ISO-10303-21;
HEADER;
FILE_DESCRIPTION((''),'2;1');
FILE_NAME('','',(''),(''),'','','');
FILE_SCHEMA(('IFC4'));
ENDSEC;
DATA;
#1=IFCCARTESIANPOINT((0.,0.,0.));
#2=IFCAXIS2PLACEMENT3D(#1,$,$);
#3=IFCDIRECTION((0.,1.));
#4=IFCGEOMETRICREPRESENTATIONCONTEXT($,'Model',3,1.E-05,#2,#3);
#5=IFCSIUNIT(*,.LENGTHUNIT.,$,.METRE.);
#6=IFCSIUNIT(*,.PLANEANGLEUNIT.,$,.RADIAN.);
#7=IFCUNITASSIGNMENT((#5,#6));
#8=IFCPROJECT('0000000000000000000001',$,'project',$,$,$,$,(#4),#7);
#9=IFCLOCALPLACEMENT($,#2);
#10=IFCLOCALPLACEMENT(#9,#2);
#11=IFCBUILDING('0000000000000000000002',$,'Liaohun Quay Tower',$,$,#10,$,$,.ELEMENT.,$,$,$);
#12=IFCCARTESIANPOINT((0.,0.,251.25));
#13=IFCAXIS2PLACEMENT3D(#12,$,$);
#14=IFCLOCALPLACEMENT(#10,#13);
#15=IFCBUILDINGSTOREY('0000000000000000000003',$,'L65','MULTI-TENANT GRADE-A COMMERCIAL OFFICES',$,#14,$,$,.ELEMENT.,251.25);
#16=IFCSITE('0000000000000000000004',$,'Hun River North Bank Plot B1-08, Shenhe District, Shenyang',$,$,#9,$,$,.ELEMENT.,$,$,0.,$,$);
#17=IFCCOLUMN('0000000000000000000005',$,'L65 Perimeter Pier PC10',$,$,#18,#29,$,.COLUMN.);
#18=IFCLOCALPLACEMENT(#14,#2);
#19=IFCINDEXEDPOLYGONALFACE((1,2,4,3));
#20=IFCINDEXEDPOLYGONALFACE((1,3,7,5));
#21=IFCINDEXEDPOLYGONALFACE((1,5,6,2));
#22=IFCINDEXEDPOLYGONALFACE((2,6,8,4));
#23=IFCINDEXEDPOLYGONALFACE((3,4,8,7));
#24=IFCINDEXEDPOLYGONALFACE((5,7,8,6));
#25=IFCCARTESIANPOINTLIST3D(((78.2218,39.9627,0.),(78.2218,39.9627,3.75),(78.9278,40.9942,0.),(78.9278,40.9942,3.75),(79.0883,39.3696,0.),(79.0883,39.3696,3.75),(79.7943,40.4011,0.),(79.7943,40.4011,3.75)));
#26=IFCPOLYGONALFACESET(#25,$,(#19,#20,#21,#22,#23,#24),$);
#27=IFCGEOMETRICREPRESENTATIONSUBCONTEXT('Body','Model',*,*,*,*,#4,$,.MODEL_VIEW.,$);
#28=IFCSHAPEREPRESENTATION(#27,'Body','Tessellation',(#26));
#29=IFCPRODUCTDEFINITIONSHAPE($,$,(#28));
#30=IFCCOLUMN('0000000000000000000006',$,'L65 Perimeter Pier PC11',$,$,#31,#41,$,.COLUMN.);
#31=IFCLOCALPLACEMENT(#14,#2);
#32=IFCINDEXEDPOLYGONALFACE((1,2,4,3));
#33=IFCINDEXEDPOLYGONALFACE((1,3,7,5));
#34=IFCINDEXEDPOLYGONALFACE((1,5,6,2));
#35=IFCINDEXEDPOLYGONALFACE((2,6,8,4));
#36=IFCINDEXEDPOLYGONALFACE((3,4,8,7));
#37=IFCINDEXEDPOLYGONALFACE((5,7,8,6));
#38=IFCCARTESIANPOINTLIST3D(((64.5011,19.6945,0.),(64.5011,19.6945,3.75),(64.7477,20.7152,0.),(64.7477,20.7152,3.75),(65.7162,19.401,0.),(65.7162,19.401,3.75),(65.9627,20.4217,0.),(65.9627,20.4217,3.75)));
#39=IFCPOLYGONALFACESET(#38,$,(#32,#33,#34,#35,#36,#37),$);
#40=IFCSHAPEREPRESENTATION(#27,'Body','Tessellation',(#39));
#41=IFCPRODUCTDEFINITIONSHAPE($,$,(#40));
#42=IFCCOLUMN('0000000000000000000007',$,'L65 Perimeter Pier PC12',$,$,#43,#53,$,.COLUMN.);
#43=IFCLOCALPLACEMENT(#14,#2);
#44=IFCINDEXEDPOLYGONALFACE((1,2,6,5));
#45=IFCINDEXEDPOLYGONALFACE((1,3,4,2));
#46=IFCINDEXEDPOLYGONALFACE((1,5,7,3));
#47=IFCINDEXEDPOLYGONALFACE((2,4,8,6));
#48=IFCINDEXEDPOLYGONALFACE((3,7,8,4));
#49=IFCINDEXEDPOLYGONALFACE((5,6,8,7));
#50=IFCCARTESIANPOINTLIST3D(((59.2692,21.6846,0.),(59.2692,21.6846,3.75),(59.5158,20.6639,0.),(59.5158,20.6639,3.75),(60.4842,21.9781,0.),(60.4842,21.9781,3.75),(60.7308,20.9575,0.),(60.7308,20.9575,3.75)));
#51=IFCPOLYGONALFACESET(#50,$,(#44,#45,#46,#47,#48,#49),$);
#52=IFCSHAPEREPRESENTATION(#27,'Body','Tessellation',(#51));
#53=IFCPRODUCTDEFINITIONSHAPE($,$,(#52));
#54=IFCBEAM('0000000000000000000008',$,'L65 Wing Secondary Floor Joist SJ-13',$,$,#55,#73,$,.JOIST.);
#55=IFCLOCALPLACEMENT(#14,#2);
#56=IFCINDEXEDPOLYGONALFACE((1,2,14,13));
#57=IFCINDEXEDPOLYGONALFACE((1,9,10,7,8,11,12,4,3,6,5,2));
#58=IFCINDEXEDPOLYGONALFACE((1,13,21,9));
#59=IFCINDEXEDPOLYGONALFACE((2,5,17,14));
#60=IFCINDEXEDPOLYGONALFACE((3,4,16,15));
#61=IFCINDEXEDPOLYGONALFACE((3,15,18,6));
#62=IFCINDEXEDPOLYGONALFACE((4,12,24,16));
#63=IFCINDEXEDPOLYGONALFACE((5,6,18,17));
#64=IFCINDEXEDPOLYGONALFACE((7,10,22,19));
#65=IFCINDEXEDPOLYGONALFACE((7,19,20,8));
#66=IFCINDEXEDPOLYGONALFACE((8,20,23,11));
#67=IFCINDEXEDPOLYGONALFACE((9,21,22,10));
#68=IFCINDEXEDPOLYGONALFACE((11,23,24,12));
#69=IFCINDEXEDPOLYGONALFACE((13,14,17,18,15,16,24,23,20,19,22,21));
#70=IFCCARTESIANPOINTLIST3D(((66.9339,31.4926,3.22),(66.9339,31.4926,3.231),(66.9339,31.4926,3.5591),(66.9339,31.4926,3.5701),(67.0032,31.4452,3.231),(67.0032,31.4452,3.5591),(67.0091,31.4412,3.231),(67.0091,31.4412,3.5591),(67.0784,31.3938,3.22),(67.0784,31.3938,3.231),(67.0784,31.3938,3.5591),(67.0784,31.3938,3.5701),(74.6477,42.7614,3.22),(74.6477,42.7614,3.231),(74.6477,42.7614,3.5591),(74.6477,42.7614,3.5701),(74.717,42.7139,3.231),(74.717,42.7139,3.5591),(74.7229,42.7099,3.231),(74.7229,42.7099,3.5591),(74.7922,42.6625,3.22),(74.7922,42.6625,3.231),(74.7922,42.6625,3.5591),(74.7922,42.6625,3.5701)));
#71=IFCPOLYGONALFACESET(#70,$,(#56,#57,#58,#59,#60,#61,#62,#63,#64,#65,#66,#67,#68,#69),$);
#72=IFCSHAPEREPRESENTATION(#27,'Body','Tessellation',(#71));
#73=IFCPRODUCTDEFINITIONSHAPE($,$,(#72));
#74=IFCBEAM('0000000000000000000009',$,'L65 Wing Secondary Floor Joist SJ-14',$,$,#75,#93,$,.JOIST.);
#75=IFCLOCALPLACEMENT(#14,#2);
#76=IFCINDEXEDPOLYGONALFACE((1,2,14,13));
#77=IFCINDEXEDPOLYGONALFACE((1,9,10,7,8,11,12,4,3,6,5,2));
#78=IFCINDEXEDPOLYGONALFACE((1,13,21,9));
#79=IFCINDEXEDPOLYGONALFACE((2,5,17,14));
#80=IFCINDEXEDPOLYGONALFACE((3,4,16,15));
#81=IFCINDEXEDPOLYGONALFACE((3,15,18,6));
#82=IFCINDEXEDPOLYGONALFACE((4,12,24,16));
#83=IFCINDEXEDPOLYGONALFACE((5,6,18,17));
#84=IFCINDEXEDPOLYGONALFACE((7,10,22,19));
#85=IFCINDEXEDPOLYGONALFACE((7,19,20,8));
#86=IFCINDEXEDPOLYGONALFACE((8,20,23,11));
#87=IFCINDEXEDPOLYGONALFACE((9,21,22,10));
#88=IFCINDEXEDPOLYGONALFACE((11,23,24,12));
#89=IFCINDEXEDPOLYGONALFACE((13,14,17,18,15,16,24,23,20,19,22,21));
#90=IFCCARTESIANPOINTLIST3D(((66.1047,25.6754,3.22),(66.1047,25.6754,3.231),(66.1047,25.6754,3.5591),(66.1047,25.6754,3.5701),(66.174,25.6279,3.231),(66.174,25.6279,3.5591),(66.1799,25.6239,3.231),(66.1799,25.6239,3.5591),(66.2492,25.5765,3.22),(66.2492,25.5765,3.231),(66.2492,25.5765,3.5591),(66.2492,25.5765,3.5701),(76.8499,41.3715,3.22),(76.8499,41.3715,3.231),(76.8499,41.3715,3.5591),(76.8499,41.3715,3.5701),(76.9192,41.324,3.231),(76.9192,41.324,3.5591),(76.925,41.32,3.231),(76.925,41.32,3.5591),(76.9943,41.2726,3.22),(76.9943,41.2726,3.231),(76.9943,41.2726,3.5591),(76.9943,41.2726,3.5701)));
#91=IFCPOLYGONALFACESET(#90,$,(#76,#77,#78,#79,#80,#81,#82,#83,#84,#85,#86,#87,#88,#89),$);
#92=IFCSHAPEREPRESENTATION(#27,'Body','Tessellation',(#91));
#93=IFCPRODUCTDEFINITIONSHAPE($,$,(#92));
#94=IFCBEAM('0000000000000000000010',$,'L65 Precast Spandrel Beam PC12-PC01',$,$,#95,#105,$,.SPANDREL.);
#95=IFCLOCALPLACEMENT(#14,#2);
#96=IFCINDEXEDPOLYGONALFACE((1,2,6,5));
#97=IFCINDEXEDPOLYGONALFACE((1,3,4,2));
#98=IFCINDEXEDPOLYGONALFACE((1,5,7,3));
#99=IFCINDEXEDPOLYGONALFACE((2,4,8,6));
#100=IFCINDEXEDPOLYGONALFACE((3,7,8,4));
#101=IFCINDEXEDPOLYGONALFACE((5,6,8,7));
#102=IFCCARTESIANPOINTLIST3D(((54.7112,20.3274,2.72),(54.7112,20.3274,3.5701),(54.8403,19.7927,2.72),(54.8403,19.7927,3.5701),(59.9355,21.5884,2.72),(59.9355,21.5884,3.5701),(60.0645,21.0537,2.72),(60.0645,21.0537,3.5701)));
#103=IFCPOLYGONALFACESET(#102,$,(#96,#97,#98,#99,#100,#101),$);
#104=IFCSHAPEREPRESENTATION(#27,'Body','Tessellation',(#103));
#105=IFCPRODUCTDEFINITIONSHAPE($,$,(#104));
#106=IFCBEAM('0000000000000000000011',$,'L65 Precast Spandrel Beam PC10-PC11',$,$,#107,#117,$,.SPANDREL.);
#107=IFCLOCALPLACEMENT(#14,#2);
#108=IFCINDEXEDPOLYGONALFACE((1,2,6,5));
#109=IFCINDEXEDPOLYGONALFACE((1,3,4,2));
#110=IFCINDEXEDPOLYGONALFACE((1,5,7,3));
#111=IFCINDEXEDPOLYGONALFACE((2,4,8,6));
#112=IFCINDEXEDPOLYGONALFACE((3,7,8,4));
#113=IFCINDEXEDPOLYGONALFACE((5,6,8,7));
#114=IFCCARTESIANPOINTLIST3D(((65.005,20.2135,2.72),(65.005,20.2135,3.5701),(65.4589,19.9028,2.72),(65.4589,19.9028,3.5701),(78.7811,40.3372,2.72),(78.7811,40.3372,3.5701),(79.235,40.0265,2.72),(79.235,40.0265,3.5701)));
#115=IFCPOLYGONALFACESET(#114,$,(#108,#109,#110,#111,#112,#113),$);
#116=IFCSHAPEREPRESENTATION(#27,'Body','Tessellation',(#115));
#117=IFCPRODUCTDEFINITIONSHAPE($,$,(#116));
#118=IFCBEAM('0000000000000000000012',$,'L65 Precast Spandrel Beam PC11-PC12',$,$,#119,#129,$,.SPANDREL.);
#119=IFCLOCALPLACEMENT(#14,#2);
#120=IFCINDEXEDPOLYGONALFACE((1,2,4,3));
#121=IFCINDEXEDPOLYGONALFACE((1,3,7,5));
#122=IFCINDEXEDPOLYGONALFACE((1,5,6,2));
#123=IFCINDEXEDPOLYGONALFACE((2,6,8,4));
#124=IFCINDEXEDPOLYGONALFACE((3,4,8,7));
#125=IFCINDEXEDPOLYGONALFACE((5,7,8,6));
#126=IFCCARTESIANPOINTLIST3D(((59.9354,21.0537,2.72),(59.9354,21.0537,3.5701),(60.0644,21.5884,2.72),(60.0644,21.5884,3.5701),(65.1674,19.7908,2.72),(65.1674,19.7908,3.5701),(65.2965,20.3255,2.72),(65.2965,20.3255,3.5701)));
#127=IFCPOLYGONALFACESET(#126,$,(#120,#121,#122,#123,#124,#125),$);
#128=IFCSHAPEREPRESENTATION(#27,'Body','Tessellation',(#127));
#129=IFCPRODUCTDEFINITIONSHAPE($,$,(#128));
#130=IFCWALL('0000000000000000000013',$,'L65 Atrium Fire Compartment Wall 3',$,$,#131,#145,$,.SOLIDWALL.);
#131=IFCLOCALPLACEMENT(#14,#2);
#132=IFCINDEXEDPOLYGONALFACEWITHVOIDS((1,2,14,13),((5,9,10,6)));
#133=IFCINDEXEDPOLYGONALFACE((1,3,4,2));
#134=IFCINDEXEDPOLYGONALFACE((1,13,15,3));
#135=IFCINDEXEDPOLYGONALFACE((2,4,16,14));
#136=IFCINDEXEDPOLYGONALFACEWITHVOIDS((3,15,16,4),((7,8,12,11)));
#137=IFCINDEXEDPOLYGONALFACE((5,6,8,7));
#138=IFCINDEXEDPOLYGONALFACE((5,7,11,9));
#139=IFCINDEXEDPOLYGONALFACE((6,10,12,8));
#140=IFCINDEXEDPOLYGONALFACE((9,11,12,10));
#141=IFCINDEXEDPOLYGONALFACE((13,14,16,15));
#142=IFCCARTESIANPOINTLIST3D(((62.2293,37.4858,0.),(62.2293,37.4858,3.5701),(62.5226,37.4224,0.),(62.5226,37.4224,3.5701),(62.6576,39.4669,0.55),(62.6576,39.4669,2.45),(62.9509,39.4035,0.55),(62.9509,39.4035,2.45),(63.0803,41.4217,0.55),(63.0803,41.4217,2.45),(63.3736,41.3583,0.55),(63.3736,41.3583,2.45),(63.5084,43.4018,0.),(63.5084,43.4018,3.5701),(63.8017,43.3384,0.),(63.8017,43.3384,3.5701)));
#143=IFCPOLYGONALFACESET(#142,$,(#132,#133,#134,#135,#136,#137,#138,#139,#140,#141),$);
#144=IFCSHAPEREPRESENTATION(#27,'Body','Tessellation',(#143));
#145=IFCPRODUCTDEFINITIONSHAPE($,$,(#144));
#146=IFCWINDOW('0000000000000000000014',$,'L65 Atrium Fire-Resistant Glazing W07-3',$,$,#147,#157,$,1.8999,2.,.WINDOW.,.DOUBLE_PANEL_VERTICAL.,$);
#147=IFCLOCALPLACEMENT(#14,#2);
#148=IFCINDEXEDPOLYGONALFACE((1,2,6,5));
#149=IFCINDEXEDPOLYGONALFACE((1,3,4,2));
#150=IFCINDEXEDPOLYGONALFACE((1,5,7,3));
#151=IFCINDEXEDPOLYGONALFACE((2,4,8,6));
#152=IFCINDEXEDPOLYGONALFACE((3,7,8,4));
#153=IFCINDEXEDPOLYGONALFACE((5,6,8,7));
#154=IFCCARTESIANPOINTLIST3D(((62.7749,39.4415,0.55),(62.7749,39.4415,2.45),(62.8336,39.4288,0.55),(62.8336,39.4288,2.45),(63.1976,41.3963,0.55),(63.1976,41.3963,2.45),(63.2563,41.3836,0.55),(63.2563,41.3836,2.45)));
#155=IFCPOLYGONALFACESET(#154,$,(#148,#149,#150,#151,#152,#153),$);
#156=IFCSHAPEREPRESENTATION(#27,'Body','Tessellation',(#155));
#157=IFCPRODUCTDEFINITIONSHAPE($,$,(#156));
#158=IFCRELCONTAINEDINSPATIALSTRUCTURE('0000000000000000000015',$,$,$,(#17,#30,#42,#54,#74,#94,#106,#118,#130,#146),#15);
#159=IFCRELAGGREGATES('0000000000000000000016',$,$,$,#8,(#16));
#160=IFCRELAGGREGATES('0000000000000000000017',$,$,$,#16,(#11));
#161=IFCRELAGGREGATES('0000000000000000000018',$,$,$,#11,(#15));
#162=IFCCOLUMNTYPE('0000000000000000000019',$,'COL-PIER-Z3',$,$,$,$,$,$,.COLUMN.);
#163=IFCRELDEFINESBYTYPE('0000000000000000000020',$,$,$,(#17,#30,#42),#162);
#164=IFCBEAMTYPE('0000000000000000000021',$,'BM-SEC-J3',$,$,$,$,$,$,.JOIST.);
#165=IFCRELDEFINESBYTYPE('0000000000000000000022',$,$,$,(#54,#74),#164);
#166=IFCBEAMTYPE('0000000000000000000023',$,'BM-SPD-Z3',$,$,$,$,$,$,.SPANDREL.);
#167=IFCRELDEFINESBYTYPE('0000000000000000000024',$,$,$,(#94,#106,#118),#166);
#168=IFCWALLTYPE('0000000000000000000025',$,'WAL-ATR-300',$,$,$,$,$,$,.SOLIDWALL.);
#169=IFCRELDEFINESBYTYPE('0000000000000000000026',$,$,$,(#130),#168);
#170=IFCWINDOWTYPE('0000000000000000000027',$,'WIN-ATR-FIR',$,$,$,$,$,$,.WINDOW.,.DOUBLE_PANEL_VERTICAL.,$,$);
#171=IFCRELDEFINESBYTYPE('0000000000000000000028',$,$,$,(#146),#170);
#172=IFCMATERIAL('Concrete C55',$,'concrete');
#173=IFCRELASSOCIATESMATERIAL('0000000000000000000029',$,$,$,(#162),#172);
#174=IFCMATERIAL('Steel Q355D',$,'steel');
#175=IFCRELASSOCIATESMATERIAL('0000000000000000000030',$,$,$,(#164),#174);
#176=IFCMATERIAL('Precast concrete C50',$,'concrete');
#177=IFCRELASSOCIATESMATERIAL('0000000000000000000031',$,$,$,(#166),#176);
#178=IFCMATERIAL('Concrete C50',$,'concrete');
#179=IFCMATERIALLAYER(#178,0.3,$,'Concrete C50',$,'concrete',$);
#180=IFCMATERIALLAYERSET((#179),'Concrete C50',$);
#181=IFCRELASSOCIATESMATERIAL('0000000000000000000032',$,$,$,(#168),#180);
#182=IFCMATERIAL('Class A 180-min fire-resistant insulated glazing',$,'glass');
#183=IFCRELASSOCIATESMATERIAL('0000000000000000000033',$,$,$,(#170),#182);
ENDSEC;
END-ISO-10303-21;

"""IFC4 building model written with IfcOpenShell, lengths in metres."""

from ifc_helpers import new_model, si_unit, direction, frame, frame_2d, origin, origin_2d, place, context, subcontext, project, spatial, rectangle, i_section, extrude, source, transform, mapped, material, layer, layer_set, material_profile, profile_set, type_object, element, fill, save


model = new_model("IFC4")

# Units and contexts
model_context = context("Model", 3, precision=1e-05, world=origin(), true_north=direction((0.0, 1.0)))
body_context = subcontext(model_context, "Body", "Model", "MODEL_VIEW")
ifc_project = project(units=[si_unit("LENGTHUNIT", "METRE"), si_unit("PLANEANGLEUNIT", "RADIAN")], contexts=[model_context])

# Site, building, storey
site_placement = place(None, origin())
site = spatial("IfcSite", under=ifc_project, at=site_placement, Name="Hun River North Bank Plot B1-08, Shenhe District, Shenyang", CompositionType="ELEMENT", RefElevation=0.0)
building_placement = place(site_placement, origin())
building = spatial("IfcBuilding", under=site, at=building_placement, Name="Liaohun Quay Tower", CompositionType="ELEMENT")
storey_placement = place(building_placement, frame((0.0, 0.0, 251.25)))
storey = spatial("IfcBuildingStorey", under=building, at=storey_placement, Name="L65", Description="MULTI-TENANT GRADE-A COMMERCIAL OFFICES", CompositionType="ELEMENT", Elevation=251.25)

# Columns
ifc_material_1 = material(Name="Concrete C55", Category="concrete")
ifc_material_profile_1 = material_profile(ifc_material_1, rectangle(XDim=1.25, YDim=1.05, at=origin_2d()), Name="RC1250x1050")
ifc_profile_set_1 = profile_set([ifc_material_profile_1], Name="Concrete C55")
column_type = type_object("IfcColumnType", Name="COL-PIER-Z3", PredefinedType="COLUMN", material=ifc_profile_set_1)
shared_shape_1 = source(origin(), body_context, "Body", "SweptSolid", [
    extrude(rectangle(XDim=1.25, YDim=1.05, at=origin_2d()), origin(), (0.0, 0.0, 1.0), 3.75),
])
for number, where, z_axis, x_axis, name in (
    (1, (79.0081, 40.1819, 0.0), (0.0, 0.0, 1.0), (0.564823, 0.825212, 0.0), "L65 Perimeter Pier PC10"),
    (2, (65.2319, 20.0581, 0.0), (0.0, 0.0, 1.0), (-0.972043, 0.234803, 0.0), "L65 Perimeter Pier PC11"),
    (3, (60.0, 21.321, 0.0), (0.0, 0.0, 1.0), (0.972043, 0.234803, 0.0), "L65 Perimeter Pier PC12"),
):
    element("IfcColumn", number, at=place(storey_placement, frame(where, z_axis=z_axis, x_axis=x_axis)), inside=storey, type_object=column_type, Name=name, PredefinedType="COLUMN", context=body_context, shape_type="MappedRepresentation", body=[
        mapped(shared_shape_1, transform((0.0, 0.0, 0.0), x_axis=(1.0, 0.0, 0.0), y_axis=(0.0, 1.0, 0.0), z_axis=(0.0, 0.0, 1.0), scale=1.0)),
    ])

# Beams
ifc_material_2 = material(Name="Steel Q355D", Category="steel")
ifc_material_profile_2 = material_profile(ifc_material_2, i_section(OverallWidth=0.175, OverallDepth=0.3501, WebThickness=0.0071, FlangeThickness=0.011, at=origin_2d()), Name="HN350x175x7x11")
ifc_profile_set_2 = profile_set([ifc_material_profile_2], Name="Steel Q355D")
beam_type_1 = type_object("IfcBeamType", Name="BM-SEC-J3", PredefinedType="JOIST", material=ifc_profile_set_2)
shared_shape_2 = source(origin(), body_context, "Body", "SweptSolid", [
    extrude(i_section(OverallWidth=0.175, OverallDepth=0.3501, WebThickness=0.0071, FlangeThickness=0.011, at=origin_2d()), origin(), (0.0, 0.0, 1.0), 13.656),
])
beam_1_placement = place(storey_placement, frame((74.72, 42.7119, 3.395), z_axis=(-0.564865, -0.825183, 0.0), x_axis=(0.825183, -0.564865, 0.0)))
element("IfcBeam", 4, at=beam_1_placement, inside=storey, type_object=beam_type_1, Name="L65 Wing Secondary Floor Joist SJ-13", PredefinedType="JOIST", context=body_context, shape_type="MappedRepresentation", body=[
    mapped(shared_shape_2, transform((0.0, 0.0, 0.0), x_axis=(1.0, 0.0, 0.0), y_axis=(0.0, 1.0, 0.0), z_axis=(0.0, 0.0, 1.0), scale=1.0)),
])
shared_shape_3 = source(origin(), body_context, "Body", "SweptSolid", [
    extrude(i_section(OverallWidth=0.175, OverallDepth=0.3501, WebThickness=0.0071, FlangeThickness=0.011, at=origin_2d()), origin(), (0.0, 0.0, 1.0), 19.0217),
])
beam_2_placement = place(storey_placement, frame((76.9221, 41.322, 3.395), z_axis=(-0.564889, -0.825167, 0.0), x_axis=(0.825167, -0.564889, 0.0)))
element("IfcBeam", 5, at=beam_2_placement, inside=storey, type_object=beam_type_1, Name="L65 Wing Secondary Floor Joist SJ-14", PredefinedType="JOIST", context=body_context, shape_type="MappedRepresentation", body=[
    mapped(shared_shape_3, transform((0.0, 0.0, 0.0), x_axis=(1.0, 0.0, 0.0), y_axis=(0.0, 1.0, 0.0), z_axis=(0.0, 0.0, 1.0), scale=1.0)),
])
ifc_material_3 = material(Name="Precast concrete C50", Category="concrete")
ifc_material_profile_3 = material_profile(ifc_material_3, rectangle(XDim=0.55, YDim=0.8501, at=origin_2d()), Name="RC550x850")
ifc_profile_set_3 = profile_set([ifc_material_profile_3], Name="Precast concrete C50")
beam_type_2 = type_object("IfcBeamType", Name="BM-SPD-Z3", PredefinedType="SPANDREL", material=ifc_profile_set_3)
shared_shape_4 = source(origin(), body_context, "Body", "SweptSolid", [
    extrude(rectangle(XDim=0.55, YDim=0.8501, at=origin_2d()), origin(), (0.0, 0.0, 1.0), 5.3743),
])
beam_3_placement = place(storey_placement, frame((60.0, 21.321, 3.145), z_axis=(-0.972083, -0.234639, 0.0), x_axis=(0.234639, -0.972083, 0.0)))
element("IfcBeam", 6, at=beam_3_placement, inside=storey, type_object=beam_type_2, Name="L65 Precast Spandrel Beam PC12-PC01", PredefinedType="SPANDREL", context=body_context, shape_type="MappedRepresentation", body=[
    mapped(shared_shape_4, transform((0.0, 0.0, 0.0), x_axis=(1.0, 0.0, 0.0), y_axis=(0.0, 1.0, 0.0), z_axis=(0.0, 0.0, 1.0), scale=1.0)),
])
shared_shape_5 = source(origin(), body_context, "Body", "SweptSolid", [
    extrude(rectangle(XDim=0.55, YDim=0.8501, at=origin_2d()), origin(), (0.0, 0.0, 1.0), 24.3875),
])
beam_4_placement = place(storey_placement, frame((79.0081, 40.1819, 3.145), z_axis=(-0.564886, -0.825169, 0.0), x_axis=(0.825169, -0.564886, 0.0)))
element("IfcBeam", 7, at=beam_4_placement, inside=storey, type_object=beam_type_2, Name="L65 Precast Spandrel Beam PC10-PC11", PredefinedType="SPANDREL", context=body_context, shape_type="MappedRepresentation", body=[
    mapped(shared_shape_5, transform((0.0, 0.0, 0.0), x_axis=(1.0, 0.0, 0.0), y_axis=(0.0, 1.0, 0.0), z_axis=(0.0, 0.0, 1.0), scale=1.0)),
])
shared_shape_6 = source(origin(), body_context, "Body", "SweptSolid", [
    extrude(rectangle(XDim=0.55, YDim=0.8501, at=origin_2d()), origin(), (0.0, 0.0, 1.0), 5.3823),
])
beam_5_placement = place(storey_placement, frame((65.2319, 20.0581, 3.145), z_axis=(-0.97208, 0.234651, 0.0), x_axis=(-0.234651, -0.97208, 0.0)))
element("IfcBeam", 8, at=beam_5_placement, inside=storey, type_object=beam_type_2, Name="L65 Precast Spandrel Beam PC11-PC12", PredefinedType="SPANDREL", context=body_context, shape_type="MappedRepresentation", body=[
    mapped(shared_shape_6, transform((0.0, 0.0, 0.0), x_axis=(1.0, 0.0, 0.0), y_axis=(0.0, 1.0, 0.0), z_axis=(0.0, 0.0, 1.0), scale=1.0)),
])

# Wall, opening, window
ifc_material_4 = material(Name="Concrete C50", Category="concrete")
ifc_layer_1 = layer(ifc_material_4, 0.3, Name="Concrete C50", Category="concrete")
ifc_layer_set_1 = layer_set([ifc_layer_1], Name="Concrete C50")
wall_type_1 = type_object("IfcWallType", Name="WAL-ATR-300", PredefinedType="SOLIDWALL", material=ifc_layer_set_1)
wall_1_placement = place(storey_placement, frame((63.655, 43.3701, 0.0), z_axis=(0.0, 0.0, 1.0), x_axis=(-0.211319, -0.977417, 0.0)))
wall_1 = element("IfcWall", 9, at=wall_1_placement, inside=storey, type_object=wall_type_1, Name="L65 Atrium Fire Compartment Wall 3", PredefinedType="SOLIDWALL", context=body_context, shape_type="SweptSolid", body=[
    extrude(rectangle(XDim=6.0527, YDim=0.3, at=frame_2d((3.0264, 0.0))), origin(), (0.0, 0.0, 1.0), 3.5701),
])
shared_shape_7 = source(origin(), body_context, "Body", "SweptSolid", [
    extrude(rectangle(XDim=2.0, YDim=1.8999, at=frame_2d((1.0, 0.95))), frame((0.0, 0.1599, 0.0), z_axis=(0.0, -1.0, 0.0), x_axis=(1.0, 0.0, 0.0)), (0.0, 0.0, 1.0), 0.3201),
])
opening_1_placement = place(wall_1_placement, frame((2.0259, 0.0, 0.55)))
opening_1 = element("IfcOpeningElement", 10, at=opening_1_placement, cuts=wall_1, PredefinedType="OPENING", context=body_context, shape_type="MappedRepresentation", body=[
    mapped(shared_shape_7, transform((0.0, 0.0, 0.0), x_axis=(1.0, 0.0, 0.0), y_axis=(0.0, 1.0, 0.0), z_axis=(0.0, 0.0, 1.0), scale=1.0)),
])
ifc_material_5 = material(Name="Class A 180-min fire-resistant insulated glazing", Category="glass")
window_type_1 = type_object("IfcWindowType", Name="WIN-ATR-FIR", PartitioningType="DOUBLE_PANEL_VERTICAL", PredefinedType="WINDOW", material=ifc_material_5)
shared_shape_8 = source(origin(), body_context, "Body", "SweptSolid", [
    extrude(rectangle(XDim=2.0, YDim=1.8999, at=frame_2d((1.0, 0.95))), frame((0.0, 0.03, 0.0), z_axis=(0.0, -1.0, 0.0), x_axis=(1.0, 0.0, 0.0)), (0.0, 0.0, 1.0), 0.0601),
])
window_1_placement = place(opening_1_placement, origin())
window_1 = element("IfcWindow", 11, at=window_1_placement, inside=storey, type_object=window_type_1, Name="L65 Atrium Fire-Resistant Glazing W07-3", OverallHeight=1.8999, OverallWidth=2.0, PartitioningType="DOUBLE_PANEL_VERTICAL", PredefinedType="WINDOW", context=body_context, shape_type="MappedRepresentation", body=[
    mapped(shared_shape_8, transform((0.0, 0.0, 0.0), x_axis=(1.0, 0.0, 0.0), y_axis=(0.0, 1.0, 0.0), z_axis=(0.0, 0.0, 1.0), scale=1.0)),
])
fill(opening_1, window_1)

save(model, "model.ifc")
